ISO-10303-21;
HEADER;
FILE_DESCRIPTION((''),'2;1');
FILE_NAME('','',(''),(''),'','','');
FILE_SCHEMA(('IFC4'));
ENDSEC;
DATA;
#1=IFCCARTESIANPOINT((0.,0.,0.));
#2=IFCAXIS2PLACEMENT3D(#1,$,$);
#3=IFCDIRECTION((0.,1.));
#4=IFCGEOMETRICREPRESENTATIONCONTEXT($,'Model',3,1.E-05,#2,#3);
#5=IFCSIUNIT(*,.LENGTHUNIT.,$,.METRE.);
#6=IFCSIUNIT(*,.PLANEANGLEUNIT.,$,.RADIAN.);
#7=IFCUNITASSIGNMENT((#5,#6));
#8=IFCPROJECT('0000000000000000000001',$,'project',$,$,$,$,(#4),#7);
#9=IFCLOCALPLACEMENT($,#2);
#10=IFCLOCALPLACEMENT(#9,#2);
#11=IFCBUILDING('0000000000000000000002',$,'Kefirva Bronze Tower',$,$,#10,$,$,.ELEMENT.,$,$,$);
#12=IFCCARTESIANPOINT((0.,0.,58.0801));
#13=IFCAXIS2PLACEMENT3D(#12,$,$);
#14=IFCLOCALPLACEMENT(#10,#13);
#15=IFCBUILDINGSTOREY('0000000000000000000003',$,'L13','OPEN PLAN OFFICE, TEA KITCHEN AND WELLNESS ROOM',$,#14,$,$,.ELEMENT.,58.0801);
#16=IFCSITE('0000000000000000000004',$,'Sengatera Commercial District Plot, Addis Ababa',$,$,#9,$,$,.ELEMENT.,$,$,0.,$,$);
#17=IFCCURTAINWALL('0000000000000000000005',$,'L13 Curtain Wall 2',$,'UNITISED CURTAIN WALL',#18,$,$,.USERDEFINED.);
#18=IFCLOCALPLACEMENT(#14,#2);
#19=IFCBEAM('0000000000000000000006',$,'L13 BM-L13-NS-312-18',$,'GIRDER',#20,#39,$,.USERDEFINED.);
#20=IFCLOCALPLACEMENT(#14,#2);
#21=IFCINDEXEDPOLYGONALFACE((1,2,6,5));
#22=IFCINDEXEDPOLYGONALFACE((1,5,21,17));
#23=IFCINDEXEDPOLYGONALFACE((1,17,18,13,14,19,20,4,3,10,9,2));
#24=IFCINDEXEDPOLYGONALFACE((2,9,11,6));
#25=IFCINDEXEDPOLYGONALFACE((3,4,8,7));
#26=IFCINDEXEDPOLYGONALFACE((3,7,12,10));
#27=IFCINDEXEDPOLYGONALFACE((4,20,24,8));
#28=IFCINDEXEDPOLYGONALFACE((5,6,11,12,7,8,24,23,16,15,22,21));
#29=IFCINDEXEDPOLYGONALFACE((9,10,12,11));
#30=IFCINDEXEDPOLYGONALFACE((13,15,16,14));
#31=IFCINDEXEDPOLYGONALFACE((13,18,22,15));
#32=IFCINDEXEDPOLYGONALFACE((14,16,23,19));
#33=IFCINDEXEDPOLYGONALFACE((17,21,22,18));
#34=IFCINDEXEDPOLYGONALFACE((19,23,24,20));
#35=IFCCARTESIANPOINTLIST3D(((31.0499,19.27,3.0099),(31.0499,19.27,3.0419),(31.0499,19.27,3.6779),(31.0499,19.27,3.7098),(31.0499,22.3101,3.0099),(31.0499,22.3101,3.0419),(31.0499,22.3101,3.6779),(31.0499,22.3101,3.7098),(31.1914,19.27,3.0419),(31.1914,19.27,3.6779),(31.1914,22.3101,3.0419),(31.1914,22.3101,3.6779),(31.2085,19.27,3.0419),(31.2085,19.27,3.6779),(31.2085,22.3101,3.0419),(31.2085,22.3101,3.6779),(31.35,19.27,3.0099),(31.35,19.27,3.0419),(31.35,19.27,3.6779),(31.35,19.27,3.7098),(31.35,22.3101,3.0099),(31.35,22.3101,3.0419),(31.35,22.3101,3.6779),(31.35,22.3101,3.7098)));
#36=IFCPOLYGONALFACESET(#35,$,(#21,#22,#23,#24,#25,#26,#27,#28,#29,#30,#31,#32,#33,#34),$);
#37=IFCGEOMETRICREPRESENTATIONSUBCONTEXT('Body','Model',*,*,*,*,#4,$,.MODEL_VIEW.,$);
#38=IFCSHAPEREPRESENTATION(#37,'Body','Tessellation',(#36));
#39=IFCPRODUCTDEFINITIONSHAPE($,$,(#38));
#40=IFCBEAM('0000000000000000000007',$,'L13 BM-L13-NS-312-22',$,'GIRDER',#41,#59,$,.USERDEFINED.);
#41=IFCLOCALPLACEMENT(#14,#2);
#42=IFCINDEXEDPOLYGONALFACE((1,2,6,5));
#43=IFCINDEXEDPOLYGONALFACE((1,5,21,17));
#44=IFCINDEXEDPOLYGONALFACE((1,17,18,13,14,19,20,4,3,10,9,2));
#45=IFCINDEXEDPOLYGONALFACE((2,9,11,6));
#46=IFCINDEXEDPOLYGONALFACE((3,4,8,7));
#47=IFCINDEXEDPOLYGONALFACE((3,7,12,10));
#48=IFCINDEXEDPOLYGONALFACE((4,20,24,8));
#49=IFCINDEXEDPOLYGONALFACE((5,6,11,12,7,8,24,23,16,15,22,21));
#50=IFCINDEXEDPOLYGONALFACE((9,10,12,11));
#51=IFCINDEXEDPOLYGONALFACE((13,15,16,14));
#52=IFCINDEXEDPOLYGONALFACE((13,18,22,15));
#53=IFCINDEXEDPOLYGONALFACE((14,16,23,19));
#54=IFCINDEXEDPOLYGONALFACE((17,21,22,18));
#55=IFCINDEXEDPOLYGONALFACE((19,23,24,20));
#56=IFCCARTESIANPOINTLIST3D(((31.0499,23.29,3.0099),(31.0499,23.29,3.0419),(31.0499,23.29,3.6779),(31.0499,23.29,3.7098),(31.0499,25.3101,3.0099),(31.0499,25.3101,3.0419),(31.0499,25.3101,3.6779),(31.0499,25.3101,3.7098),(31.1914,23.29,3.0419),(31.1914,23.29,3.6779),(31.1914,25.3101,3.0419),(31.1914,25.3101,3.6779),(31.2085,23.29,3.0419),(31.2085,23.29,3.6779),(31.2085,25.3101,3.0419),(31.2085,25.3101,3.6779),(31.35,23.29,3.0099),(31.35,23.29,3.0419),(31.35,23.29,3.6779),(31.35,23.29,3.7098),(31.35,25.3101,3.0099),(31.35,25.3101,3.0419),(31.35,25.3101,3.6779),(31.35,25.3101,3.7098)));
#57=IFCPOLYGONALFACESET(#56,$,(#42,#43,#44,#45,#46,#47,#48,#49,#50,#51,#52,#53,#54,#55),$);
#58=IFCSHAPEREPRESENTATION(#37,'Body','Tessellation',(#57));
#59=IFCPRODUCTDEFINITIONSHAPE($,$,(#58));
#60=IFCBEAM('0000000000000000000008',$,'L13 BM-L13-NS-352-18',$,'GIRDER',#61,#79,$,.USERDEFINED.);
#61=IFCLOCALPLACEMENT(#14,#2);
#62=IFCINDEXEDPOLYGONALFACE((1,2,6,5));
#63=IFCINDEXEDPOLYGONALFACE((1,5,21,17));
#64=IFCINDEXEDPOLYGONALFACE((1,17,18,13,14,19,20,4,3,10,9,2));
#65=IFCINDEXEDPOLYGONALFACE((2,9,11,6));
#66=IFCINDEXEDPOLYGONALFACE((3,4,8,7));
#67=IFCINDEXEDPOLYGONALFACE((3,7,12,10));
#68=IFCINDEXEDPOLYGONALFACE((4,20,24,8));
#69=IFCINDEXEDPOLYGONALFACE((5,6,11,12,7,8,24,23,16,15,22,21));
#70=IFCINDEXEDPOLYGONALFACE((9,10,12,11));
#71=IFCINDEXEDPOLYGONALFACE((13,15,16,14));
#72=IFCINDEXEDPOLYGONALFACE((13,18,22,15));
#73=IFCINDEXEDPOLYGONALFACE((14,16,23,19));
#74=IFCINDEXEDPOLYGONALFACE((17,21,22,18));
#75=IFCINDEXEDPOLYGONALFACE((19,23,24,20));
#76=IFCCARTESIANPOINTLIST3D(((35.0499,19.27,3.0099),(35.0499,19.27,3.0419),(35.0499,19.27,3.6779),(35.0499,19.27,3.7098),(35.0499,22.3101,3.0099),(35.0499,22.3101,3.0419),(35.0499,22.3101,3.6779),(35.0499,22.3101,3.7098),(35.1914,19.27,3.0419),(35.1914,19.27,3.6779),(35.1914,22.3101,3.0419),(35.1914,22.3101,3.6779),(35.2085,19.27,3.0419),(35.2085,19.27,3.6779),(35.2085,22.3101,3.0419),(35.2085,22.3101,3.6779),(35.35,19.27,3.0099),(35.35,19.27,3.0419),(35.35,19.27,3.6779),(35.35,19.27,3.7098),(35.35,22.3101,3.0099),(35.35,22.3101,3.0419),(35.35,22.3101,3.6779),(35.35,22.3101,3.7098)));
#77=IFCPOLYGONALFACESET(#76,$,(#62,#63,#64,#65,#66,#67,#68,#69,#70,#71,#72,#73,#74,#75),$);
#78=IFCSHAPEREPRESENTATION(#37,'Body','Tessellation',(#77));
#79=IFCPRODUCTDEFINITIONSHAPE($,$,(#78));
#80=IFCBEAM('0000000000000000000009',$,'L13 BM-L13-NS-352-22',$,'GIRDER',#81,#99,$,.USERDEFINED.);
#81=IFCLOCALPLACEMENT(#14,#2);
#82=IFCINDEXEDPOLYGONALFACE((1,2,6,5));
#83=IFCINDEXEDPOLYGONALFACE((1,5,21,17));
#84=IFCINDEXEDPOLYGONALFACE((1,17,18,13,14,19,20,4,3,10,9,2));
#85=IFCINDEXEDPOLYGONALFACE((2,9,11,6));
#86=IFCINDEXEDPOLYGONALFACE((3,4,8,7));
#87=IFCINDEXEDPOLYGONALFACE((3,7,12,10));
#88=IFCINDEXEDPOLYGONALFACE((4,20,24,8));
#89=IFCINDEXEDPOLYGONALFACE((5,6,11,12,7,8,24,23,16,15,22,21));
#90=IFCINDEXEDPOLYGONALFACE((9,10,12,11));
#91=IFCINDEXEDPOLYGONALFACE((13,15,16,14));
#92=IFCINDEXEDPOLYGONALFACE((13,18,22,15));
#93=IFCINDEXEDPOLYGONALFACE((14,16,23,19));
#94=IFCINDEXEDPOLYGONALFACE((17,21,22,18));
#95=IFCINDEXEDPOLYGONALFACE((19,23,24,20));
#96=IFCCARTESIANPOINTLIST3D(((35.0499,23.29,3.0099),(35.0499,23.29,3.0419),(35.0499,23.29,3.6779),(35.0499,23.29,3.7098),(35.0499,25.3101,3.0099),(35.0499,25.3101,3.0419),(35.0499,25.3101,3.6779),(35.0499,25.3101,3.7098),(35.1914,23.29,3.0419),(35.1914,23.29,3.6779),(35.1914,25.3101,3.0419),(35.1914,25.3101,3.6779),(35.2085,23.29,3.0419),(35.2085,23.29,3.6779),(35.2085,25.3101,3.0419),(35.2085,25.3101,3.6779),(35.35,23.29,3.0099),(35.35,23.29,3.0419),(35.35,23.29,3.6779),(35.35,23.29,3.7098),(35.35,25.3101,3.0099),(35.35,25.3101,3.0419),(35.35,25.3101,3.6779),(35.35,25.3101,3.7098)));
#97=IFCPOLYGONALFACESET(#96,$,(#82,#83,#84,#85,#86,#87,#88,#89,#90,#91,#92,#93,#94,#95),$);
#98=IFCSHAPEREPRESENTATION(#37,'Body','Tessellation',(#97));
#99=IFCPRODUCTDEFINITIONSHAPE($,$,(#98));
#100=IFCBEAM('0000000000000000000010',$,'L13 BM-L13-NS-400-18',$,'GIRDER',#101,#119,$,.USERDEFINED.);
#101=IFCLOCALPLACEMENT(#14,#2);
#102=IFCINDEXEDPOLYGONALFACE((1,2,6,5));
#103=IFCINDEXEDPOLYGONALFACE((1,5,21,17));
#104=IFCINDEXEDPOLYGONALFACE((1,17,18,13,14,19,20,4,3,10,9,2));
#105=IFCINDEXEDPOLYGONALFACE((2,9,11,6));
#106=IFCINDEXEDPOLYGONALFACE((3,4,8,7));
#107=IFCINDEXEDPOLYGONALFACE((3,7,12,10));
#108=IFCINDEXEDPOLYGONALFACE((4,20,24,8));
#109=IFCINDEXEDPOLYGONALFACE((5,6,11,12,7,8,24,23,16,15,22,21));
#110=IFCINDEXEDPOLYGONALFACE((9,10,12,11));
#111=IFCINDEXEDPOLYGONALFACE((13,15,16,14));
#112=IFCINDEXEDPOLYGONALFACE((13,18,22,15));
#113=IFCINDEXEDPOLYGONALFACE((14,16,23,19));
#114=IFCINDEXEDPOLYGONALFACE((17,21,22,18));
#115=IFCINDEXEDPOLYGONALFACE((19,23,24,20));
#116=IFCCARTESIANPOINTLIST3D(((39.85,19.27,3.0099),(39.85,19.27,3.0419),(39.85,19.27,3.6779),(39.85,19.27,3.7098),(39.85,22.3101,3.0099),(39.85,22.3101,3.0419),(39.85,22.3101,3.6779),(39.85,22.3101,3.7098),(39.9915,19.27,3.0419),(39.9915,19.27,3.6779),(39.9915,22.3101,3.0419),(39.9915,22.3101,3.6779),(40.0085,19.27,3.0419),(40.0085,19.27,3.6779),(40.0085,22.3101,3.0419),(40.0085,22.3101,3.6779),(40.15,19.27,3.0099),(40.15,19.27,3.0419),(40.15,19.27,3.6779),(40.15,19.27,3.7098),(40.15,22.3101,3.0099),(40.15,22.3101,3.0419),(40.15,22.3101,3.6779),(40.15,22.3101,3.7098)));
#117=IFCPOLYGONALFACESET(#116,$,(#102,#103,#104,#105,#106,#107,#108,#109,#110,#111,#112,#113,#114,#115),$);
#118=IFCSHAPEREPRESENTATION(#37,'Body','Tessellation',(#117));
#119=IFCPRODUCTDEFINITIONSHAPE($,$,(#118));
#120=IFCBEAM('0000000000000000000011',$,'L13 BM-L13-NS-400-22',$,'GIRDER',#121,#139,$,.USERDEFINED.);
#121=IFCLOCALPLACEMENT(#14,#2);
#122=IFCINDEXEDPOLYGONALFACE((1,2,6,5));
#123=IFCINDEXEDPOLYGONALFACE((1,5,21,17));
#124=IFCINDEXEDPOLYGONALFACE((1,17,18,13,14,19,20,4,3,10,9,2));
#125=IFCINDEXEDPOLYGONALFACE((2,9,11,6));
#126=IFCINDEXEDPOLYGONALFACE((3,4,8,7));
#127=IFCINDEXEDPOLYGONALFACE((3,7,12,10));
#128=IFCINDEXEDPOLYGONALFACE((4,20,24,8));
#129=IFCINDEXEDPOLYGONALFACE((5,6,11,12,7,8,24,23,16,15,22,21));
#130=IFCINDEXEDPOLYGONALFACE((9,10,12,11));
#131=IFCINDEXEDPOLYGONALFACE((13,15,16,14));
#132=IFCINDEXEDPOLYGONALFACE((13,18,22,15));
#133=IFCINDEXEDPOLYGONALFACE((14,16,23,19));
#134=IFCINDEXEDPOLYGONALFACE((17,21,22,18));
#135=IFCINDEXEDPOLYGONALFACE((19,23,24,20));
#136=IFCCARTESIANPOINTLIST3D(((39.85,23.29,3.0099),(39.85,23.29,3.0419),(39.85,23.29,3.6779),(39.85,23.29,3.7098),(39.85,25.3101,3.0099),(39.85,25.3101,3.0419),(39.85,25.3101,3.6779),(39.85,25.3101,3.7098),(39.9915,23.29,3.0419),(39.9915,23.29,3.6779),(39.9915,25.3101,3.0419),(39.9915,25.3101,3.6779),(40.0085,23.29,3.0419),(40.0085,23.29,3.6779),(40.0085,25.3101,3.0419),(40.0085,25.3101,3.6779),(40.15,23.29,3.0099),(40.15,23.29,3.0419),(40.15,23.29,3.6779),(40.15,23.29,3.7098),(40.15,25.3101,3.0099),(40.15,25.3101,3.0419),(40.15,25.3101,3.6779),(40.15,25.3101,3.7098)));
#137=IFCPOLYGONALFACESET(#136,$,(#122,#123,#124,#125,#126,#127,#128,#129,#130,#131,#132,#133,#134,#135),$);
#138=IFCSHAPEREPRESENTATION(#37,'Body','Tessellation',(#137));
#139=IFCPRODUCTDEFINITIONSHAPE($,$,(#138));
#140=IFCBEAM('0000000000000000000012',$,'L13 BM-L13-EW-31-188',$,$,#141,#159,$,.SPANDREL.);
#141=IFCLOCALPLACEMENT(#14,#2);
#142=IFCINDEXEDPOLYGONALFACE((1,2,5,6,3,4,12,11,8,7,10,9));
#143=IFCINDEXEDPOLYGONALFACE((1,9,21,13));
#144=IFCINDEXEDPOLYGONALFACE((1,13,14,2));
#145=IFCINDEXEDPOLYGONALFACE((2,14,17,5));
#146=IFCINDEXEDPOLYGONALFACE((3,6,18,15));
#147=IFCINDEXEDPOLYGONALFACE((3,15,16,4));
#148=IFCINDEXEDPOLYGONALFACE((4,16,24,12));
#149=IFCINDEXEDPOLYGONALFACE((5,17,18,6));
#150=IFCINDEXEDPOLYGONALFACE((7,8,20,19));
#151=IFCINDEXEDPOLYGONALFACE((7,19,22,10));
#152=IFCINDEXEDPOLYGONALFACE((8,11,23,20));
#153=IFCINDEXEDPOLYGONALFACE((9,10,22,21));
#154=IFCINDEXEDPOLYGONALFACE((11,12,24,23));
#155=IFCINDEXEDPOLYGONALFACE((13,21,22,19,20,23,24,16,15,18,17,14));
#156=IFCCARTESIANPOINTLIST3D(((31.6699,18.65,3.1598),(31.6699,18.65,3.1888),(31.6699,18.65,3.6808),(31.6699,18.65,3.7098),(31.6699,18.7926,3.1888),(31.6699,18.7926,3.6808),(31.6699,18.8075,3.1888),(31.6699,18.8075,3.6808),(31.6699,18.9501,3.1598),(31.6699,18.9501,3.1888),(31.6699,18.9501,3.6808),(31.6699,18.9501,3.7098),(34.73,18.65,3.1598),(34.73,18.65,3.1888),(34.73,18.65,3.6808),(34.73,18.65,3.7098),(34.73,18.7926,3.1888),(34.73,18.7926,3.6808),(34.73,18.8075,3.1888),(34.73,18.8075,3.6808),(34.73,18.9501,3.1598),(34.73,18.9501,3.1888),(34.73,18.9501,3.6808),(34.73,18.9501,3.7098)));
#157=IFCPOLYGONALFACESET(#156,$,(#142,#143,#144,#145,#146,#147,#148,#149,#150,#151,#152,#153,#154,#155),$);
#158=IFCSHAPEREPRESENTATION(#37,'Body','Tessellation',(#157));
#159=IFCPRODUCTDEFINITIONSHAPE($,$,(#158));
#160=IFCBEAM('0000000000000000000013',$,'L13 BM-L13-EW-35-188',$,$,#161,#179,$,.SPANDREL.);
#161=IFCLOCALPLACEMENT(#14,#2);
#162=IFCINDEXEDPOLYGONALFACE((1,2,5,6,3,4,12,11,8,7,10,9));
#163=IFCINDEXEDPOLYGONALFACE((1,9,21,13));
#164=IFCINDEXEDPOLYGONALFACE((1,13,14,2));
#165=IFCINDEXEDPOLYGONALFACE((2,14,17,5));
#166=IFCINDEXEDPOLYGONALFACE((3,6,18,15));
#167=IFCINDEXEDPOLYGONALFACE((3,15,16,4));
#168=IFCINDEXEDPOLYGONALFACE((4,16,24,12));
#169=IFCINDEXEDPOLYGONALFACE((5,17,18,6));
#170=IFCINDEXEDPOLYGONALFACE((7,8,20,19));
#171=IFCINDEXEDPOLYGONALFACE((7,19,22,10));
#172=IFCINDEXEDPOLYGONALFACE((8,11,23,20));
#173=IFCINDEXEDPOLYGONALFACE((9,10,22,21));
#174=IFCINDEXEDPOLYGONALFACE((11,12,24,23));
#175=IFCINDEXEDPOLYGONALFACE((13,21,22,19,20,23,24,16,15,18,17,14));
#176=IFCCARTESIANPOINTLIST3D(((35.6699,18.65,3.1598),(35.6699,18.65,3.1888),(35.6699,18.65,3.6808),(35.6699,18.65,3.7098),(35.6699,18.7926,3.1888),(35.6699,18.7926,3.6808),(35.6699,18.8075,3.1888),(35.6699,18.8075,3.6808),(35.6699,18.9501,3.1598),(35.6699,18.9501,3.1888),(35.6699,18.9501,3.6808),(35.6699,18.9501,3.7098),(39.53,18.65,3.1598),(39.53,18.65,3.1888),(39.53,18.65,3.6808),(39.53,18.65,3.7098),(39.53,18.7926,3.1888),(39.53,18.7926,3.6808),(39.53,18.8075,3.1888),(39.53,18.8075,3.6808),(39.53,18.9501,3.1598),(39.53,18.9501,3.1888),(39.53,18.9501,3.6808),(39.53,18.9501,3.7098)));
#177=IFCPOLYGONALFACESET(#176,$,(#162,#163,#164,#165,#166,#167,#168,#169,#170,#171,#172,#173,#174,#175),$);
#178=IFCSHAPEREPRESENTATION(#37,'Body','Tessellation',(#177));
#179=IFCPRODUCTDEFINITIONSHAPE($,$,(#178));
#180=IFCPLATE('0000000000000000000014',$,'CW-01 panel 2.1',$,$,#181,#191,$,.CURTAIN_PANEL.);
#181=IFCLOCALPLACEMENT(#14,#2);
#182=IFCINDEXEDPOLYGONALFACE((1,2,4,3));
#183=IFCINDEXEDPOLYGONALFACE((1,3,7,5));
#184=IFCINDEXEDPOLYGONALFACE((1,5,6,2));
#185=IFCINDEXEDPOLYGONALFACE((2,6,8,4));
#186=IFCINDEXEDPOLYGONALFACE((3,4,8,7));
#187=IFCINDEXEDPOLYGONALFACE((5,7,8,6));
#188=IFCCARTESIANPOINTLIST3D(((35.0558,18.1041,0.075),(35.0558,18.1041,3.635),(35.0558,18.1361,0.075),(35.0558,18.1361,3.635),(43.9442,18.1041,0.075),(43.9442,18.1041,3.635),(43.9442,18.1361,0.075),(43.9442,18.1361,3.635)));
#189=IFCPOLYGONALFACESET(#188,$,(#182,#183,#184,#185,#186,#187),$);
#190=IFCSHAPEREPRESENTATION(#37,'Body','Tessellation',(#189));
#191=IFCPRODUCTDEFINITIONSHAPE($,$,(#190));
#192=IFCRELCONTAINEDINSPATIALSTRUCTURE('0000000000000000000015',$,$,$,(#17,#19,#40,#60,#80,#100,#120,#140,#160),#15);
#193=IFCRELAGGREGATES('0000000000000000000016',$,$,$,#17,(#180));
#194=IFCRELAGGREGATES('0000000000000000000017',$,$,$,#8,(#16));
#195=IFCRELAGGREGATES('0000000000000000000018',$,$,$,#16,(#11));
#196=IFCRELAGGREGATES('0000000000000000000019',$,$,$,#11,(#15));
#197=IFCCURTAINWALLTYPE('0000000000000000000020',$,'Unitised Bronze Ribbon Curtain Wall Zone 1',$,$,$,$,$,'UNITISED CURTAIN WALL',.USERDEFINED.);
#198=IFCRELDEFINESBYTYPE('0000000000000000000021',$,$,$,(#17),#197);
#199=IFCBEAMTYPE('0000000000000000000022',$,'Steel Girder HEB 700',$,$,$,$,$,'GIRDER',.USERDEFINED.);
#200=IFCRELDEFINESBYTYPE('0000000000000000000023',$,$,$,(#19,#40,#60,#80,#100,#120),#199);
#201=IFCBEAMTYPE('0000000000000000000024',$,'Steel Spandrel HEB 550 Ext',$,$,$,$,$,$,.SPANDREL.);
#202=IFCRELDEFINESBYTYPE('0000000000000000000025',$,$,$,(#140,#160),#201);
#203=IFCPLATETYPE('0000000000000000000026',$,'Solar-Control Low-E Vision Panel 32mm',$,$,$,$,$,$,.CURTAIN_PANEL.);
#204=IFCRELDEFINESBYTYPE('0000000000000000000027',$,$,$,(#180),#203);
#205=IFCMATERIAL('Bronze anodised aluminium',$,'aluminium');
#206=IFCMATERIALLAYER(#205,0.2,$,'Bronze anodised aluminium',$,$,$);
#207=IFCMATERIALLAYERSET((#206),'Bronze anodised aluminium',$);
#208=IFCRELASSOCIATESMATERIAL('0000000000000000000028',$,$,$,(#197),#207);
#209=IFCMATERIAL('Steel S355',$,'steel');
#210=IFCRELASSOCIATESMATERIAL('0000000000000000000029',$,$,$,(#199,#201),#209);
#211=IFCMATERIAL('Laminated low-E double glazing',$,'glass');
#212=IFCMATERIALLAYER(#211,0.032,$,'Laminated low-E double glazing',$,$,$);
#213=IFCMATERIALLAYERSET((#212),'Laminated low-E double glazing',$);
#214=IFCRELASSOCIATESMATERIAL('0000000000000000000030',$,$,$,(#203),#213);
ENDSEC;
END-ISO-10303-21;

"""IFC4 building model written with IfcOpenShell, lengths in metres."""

from ifc_helpers import new_model, si_unit, direction, frame, origin, origin_2d, place, context, subcontext, project, spatial, rectangle, i_section, extrude, material, layer, layer_set, material_profile, profile_set, type_object, element, aggregate, save


model = new_model("IFC4")

# Units and contexts
model_context = context("Model", 3, precision=1e-05, world=origin(), true_north=direction((0.0, 1.0)))
body_context = subcontext(model_context, "Body", "Model", "MODEL_VIEW")
ifc_project = project(units=[si_unit("LENGTHUNIT", "METRE"), si_unit("PLANEANGLEUNIT", "RADIAN")], contexts=[model_context])

# Site, building, storey
site_placement = place(None, origin())
site = spatial("IfcSite", under=ifc_project, at=site_placement, Name="Sengatera Commercial District Plot, Addis Ababa", CompositionType="ELEMENT", RefElevation=0.0)
building_placement = place(site_placement, origin())
building = spatial("IfcBuilding", under=site, at=building_placement, Name="Kefirva Bronze Tower", CompositionType="ELEMENT")
storey_placement = place(building_placement, frame((0.0, 0.0, 58.0801)))
storey = spatial("IfcBuildingStorey", under=building, at=storey_placement, Name="L13", Description="OPEN PLAN OFFICE, TEA KITCHEN AND WELLNESS ROOM", CompositionType="ELEMENT", Elevation=58.0801)

# Curtain wall
ifc_material_1 = material(Name="Bronze anodised aluminium", Category="aluminium")
ifc_layer_1 = layer(ifc_material_1, 0.2, Name="Bronze anodised aluminium")
ifc_layer_set_1 = layer_set([ifc_layer_1], Name="Bronze anodised aluminium")
curtain_wall_type = type_object("IfcCurtainWallType", Name="Unitised Bronze Ribbon Curtain Wall Zone 1", ElementType="UNITISED CURTAIN WALL", PredefinedType="USERDEFINED", material=ifc_layer_set_1)
curtain_wall_placement = place(storey_placement, origin())
curtain_wall = element("IfcCurtainWall", 1, at=curtain_wall_placement, inside=storey, type_object=curtain_wall_type, Name="L13 Curtain Wall 2", ObjectType="UNITISED CURTAIN WALL", PredefinedType="USERDEFINED")

# Beams
ifc_material_2 = material(Name="Steel S355", Category="steel")
ifc_material_profile_1 = material_profile(ifc_material_2, i_section(OverallWidth=0.3, OverallDepth=0.7, WebThickness=0.0171, FlangeThickness=0.032, at=origin_2d()), Name="HEB 700")
ifc_profile_set_1 = profile_set([ifc_material_profile_1], Name="Steel S355")
beam_type_1 = type_object("IfcBeamType", Name="Steel Girder HEB 700", ElementType="GIRDER", PredefinedType="USERDEFINED", material=ifc_profile_set_1)
beam_1_placement = place(storey_placement, frame((31.2, 19.27, 3.3599), z_axis=(0.0, 1.0, 0.0), x_axis=(-1.0, 0.0, 0.0)))
element("IfcBeam", 2, at=beam_1_placement, inside=storey, type_object=beam_type_1, Name="L13 BM-L13-NS-312-18", ObjectType="GIRDER", PredefinedType="USERDEFINED", context=body_context, shape_type="SweptSolid", body=[
    extrude(i_section(OverallWidth=0.3, OverallDepth=0.7, WebThickness=0.0171, FlangeThickness=0.032, at=origin_2d()), origin(), (0.0, 0.0, 1.0), 3.04),
])
beam_2_placement = place(storey_placement, frame((31.2, 23.29, 3.3599), z_axis=(0.0, 1.0, 0.0), x_axis=(-1.0, 0.0, 0.0)))
element("IfcBeam", 3, at=beam_2_placement, inside=storey, type_object=beam_type_1, Name="L13 BM-L13-NS-312-22", ObjectType="GIRDER", PredefinedType="USERDEFINED", context=body_context, shape_type="SweptSolid", body=[
    extrude(i_section(OverallWidth=0.3, OverallDepth=0.7, WebThickness=0.0171, FlangeThickness=0.032, at=origin_2d()), origin(), (0.0, 0.0, 1.0), 2.02),
])
beam_3_placement = place(storey_placement, frame((35.2, 19.27, 3.3599), z_axis=(0.0, 1.0, 0.0), x_axis=(-1.0, 0.0, 0.0)))
element("IfcBeam", 4, at=beam_3_placement, inside=storey, type_object=beam_type_1, Name="L13 BM-L13-NS-352-18", ObjectType="GIRDER", PredefinedType="USERDEFINED", context=body_context, shape_type="SweptSolid", body=[
    extrude(i_section(OverallWidth=0.3, OverallDepth=0.7, WebThickness=0.0171, FlangeThickness=0.032, at=origin_2d()), origin(), (0.0, 0.0, 1.0), 3.04),
])
beam_4_placement = place(storey_placement, frame((35.2, 23.29, 3.3599), z_axis=(0.0, 1.0, 0.0), x_axis=(-1.0, 0.0, 0.0)))
element("IfcBeam", 5, at=beam_4_placement, inside=storey, type_object=beam_type_1, Name="L13 BM-L13-NS-352-22", ObjectType="GIRDER", PredefinedType="USERDEFINED", context=body_context, shape_type="SweptSolid", body=[
    extrude(i_section(OverallWidth=0.3, OverallDepth=0.7, WebThickness=0.0171, FlangeThickness=0.032, at=origin_2d()), origin(), (0.0, 0.0, 1.0), 2.02),
])
beam_5_placement = place(storey_placement, frame((40.0, 19.27, 3.3599), z_axis=(0.0, 1.0, 0.0), x_axis=(-1.0, 0.0, 0.0)))
element("IfcBeam", 6, at=beam_5_placement, inside=storey, type_object=beam_type_1, Name="L13 BM-L13-NS-400-18", ObjectType="GIRDER", PredefinedType="USERDEFINED", context=body_context, shape_type="SweptSolid", body=[
    extrude(i_section(OverallWidth=0.3, OverallDepth=0.7, WebThickness=0.0171, FlangeThickness=0.032, at=origin_2d()), origin(), (0.0, 0.0, 1.0), 3.04),
])
beam_6_placement = place(storey_placement, frame((40.0, 23.29, 3.3599), z_axis=(0.0, 1.0, 0.0), x_axis=(-1.0, 0.0, 0.0)))
element("IfcBeam", 7, at=beam_6_placement, inside=storey, type_object=beam_type_1, Name="L13 BM-L13-NS-400-22", ObjectType="GIRDER", PredefinedType="USERDEFINED", context=body_context, shape_type="SweptSolid", body=[
    extrude(i_section(OverallWidth=0.3, OverallDepth=0.7, WebThickness=0.0171, FlangeThickness=0.032, at=origin_2d()), origin(), (0.0, 0.0, 1.0), 2.02),
])
ifc_material_profile_2 = material_profile(ifc_material_2, i_section(OverallWidth=0.3, OverallDepth=0.55, WebThickness=0.0149, FlangeThickness=0.0291, at=origin_2d()), Name="HEB 550")
ifc_profile_set_2 = profile_set([ifc_material_profile_2], Name="Steel S355")
beam_type_2 = type_object("IfcBeamType", Name="Steel Spandrel HEB 550 Ext", PredefinedType="SPANDREL", material=ifc_profile_set_2)
beam_7_placement = place(storey_placement, frame((31.6699, 18.8, 3.4348), z_axis=(1.0, 0.0, 0.0), x_axis=(0.0, 1.0, 0.0)))
element("IfcBeam", 8, at=beam_7_placement, inside=storey, type_object=beam_type_2, Name="L13 BM-L13-EW-31-188", PredefinedType="SPANDREL", context=body_context, shape_type="SweptSolid", body=[
    extrude(i_section(OverallWidth=0.3, OverallDepth=0.55, WebThickness=0.0149, FlangeThickness=0.0291, at=origin_2d()), origin(), (0.0, 0.0, 1.0), 3.0601),
])
beam_8_placement = place(storey_placement, frame((35.6699, 18.8, 3.4348), z_axis=(1.0, 0.0, 0.0), x_axis=(0.0, 1.0, 0.0)))
element("IfcBeam", 9, at=beam_8_placement, inside=storey, type_object=beam_type_2, Name="L13 BM-L13-EW-35-188", PredefinedType="SPANDREL", context=body_context, shape_type="SweptSolid", body=[
    extrude(i_section(OverallWidth=0.3, OverallDepth=0.55, WebThickness=0.0149, FlangeThickness=0.0291, at=origin_2d()), origin(), (0.0, 0.0, 1.0), 3.8601),
])

# Plate
ifc_material_3 = material(Name="Laminated low-E double glazing", Category="glass")
ifc_layer_2 = layer(ifc_material_3, 0.032, Name="Laminated low-E double glazing")
ifc_layer_set_2 = layer_set([ifc_layer_2], Name="Laminated low-E double glazing")
plate_type = type_object("IfcPlateType", Name="Solar-Control Low-E Vision Panel 32mm", PredefinedType="CURTAIN_PANEL", material=ifc_layer_set_2)
plate_placement = place(storey_placement, frame((39.5, 18.1201, 0.075), z_axis=(0.0, 0.0, 1.0), x_axis=(1.0, 0.0, 0.0)))
plate = element("IfcPlate", 10, at=plate_placement, type_object=plate_type, Name="CW-01 panel 2.1", PredefinedType="CURTAIN_PANEL", context=body_context, shape_type="SweptSolid", body=[
    extrude(rectangle(XDim=8.8884, YDim=0.032, at=origin_2d()), origin(), (0.0, 0.0, 1.0), 3.5601),
])
aggregate(curtain_wall, [plate])

save(model, "model.ifc")
